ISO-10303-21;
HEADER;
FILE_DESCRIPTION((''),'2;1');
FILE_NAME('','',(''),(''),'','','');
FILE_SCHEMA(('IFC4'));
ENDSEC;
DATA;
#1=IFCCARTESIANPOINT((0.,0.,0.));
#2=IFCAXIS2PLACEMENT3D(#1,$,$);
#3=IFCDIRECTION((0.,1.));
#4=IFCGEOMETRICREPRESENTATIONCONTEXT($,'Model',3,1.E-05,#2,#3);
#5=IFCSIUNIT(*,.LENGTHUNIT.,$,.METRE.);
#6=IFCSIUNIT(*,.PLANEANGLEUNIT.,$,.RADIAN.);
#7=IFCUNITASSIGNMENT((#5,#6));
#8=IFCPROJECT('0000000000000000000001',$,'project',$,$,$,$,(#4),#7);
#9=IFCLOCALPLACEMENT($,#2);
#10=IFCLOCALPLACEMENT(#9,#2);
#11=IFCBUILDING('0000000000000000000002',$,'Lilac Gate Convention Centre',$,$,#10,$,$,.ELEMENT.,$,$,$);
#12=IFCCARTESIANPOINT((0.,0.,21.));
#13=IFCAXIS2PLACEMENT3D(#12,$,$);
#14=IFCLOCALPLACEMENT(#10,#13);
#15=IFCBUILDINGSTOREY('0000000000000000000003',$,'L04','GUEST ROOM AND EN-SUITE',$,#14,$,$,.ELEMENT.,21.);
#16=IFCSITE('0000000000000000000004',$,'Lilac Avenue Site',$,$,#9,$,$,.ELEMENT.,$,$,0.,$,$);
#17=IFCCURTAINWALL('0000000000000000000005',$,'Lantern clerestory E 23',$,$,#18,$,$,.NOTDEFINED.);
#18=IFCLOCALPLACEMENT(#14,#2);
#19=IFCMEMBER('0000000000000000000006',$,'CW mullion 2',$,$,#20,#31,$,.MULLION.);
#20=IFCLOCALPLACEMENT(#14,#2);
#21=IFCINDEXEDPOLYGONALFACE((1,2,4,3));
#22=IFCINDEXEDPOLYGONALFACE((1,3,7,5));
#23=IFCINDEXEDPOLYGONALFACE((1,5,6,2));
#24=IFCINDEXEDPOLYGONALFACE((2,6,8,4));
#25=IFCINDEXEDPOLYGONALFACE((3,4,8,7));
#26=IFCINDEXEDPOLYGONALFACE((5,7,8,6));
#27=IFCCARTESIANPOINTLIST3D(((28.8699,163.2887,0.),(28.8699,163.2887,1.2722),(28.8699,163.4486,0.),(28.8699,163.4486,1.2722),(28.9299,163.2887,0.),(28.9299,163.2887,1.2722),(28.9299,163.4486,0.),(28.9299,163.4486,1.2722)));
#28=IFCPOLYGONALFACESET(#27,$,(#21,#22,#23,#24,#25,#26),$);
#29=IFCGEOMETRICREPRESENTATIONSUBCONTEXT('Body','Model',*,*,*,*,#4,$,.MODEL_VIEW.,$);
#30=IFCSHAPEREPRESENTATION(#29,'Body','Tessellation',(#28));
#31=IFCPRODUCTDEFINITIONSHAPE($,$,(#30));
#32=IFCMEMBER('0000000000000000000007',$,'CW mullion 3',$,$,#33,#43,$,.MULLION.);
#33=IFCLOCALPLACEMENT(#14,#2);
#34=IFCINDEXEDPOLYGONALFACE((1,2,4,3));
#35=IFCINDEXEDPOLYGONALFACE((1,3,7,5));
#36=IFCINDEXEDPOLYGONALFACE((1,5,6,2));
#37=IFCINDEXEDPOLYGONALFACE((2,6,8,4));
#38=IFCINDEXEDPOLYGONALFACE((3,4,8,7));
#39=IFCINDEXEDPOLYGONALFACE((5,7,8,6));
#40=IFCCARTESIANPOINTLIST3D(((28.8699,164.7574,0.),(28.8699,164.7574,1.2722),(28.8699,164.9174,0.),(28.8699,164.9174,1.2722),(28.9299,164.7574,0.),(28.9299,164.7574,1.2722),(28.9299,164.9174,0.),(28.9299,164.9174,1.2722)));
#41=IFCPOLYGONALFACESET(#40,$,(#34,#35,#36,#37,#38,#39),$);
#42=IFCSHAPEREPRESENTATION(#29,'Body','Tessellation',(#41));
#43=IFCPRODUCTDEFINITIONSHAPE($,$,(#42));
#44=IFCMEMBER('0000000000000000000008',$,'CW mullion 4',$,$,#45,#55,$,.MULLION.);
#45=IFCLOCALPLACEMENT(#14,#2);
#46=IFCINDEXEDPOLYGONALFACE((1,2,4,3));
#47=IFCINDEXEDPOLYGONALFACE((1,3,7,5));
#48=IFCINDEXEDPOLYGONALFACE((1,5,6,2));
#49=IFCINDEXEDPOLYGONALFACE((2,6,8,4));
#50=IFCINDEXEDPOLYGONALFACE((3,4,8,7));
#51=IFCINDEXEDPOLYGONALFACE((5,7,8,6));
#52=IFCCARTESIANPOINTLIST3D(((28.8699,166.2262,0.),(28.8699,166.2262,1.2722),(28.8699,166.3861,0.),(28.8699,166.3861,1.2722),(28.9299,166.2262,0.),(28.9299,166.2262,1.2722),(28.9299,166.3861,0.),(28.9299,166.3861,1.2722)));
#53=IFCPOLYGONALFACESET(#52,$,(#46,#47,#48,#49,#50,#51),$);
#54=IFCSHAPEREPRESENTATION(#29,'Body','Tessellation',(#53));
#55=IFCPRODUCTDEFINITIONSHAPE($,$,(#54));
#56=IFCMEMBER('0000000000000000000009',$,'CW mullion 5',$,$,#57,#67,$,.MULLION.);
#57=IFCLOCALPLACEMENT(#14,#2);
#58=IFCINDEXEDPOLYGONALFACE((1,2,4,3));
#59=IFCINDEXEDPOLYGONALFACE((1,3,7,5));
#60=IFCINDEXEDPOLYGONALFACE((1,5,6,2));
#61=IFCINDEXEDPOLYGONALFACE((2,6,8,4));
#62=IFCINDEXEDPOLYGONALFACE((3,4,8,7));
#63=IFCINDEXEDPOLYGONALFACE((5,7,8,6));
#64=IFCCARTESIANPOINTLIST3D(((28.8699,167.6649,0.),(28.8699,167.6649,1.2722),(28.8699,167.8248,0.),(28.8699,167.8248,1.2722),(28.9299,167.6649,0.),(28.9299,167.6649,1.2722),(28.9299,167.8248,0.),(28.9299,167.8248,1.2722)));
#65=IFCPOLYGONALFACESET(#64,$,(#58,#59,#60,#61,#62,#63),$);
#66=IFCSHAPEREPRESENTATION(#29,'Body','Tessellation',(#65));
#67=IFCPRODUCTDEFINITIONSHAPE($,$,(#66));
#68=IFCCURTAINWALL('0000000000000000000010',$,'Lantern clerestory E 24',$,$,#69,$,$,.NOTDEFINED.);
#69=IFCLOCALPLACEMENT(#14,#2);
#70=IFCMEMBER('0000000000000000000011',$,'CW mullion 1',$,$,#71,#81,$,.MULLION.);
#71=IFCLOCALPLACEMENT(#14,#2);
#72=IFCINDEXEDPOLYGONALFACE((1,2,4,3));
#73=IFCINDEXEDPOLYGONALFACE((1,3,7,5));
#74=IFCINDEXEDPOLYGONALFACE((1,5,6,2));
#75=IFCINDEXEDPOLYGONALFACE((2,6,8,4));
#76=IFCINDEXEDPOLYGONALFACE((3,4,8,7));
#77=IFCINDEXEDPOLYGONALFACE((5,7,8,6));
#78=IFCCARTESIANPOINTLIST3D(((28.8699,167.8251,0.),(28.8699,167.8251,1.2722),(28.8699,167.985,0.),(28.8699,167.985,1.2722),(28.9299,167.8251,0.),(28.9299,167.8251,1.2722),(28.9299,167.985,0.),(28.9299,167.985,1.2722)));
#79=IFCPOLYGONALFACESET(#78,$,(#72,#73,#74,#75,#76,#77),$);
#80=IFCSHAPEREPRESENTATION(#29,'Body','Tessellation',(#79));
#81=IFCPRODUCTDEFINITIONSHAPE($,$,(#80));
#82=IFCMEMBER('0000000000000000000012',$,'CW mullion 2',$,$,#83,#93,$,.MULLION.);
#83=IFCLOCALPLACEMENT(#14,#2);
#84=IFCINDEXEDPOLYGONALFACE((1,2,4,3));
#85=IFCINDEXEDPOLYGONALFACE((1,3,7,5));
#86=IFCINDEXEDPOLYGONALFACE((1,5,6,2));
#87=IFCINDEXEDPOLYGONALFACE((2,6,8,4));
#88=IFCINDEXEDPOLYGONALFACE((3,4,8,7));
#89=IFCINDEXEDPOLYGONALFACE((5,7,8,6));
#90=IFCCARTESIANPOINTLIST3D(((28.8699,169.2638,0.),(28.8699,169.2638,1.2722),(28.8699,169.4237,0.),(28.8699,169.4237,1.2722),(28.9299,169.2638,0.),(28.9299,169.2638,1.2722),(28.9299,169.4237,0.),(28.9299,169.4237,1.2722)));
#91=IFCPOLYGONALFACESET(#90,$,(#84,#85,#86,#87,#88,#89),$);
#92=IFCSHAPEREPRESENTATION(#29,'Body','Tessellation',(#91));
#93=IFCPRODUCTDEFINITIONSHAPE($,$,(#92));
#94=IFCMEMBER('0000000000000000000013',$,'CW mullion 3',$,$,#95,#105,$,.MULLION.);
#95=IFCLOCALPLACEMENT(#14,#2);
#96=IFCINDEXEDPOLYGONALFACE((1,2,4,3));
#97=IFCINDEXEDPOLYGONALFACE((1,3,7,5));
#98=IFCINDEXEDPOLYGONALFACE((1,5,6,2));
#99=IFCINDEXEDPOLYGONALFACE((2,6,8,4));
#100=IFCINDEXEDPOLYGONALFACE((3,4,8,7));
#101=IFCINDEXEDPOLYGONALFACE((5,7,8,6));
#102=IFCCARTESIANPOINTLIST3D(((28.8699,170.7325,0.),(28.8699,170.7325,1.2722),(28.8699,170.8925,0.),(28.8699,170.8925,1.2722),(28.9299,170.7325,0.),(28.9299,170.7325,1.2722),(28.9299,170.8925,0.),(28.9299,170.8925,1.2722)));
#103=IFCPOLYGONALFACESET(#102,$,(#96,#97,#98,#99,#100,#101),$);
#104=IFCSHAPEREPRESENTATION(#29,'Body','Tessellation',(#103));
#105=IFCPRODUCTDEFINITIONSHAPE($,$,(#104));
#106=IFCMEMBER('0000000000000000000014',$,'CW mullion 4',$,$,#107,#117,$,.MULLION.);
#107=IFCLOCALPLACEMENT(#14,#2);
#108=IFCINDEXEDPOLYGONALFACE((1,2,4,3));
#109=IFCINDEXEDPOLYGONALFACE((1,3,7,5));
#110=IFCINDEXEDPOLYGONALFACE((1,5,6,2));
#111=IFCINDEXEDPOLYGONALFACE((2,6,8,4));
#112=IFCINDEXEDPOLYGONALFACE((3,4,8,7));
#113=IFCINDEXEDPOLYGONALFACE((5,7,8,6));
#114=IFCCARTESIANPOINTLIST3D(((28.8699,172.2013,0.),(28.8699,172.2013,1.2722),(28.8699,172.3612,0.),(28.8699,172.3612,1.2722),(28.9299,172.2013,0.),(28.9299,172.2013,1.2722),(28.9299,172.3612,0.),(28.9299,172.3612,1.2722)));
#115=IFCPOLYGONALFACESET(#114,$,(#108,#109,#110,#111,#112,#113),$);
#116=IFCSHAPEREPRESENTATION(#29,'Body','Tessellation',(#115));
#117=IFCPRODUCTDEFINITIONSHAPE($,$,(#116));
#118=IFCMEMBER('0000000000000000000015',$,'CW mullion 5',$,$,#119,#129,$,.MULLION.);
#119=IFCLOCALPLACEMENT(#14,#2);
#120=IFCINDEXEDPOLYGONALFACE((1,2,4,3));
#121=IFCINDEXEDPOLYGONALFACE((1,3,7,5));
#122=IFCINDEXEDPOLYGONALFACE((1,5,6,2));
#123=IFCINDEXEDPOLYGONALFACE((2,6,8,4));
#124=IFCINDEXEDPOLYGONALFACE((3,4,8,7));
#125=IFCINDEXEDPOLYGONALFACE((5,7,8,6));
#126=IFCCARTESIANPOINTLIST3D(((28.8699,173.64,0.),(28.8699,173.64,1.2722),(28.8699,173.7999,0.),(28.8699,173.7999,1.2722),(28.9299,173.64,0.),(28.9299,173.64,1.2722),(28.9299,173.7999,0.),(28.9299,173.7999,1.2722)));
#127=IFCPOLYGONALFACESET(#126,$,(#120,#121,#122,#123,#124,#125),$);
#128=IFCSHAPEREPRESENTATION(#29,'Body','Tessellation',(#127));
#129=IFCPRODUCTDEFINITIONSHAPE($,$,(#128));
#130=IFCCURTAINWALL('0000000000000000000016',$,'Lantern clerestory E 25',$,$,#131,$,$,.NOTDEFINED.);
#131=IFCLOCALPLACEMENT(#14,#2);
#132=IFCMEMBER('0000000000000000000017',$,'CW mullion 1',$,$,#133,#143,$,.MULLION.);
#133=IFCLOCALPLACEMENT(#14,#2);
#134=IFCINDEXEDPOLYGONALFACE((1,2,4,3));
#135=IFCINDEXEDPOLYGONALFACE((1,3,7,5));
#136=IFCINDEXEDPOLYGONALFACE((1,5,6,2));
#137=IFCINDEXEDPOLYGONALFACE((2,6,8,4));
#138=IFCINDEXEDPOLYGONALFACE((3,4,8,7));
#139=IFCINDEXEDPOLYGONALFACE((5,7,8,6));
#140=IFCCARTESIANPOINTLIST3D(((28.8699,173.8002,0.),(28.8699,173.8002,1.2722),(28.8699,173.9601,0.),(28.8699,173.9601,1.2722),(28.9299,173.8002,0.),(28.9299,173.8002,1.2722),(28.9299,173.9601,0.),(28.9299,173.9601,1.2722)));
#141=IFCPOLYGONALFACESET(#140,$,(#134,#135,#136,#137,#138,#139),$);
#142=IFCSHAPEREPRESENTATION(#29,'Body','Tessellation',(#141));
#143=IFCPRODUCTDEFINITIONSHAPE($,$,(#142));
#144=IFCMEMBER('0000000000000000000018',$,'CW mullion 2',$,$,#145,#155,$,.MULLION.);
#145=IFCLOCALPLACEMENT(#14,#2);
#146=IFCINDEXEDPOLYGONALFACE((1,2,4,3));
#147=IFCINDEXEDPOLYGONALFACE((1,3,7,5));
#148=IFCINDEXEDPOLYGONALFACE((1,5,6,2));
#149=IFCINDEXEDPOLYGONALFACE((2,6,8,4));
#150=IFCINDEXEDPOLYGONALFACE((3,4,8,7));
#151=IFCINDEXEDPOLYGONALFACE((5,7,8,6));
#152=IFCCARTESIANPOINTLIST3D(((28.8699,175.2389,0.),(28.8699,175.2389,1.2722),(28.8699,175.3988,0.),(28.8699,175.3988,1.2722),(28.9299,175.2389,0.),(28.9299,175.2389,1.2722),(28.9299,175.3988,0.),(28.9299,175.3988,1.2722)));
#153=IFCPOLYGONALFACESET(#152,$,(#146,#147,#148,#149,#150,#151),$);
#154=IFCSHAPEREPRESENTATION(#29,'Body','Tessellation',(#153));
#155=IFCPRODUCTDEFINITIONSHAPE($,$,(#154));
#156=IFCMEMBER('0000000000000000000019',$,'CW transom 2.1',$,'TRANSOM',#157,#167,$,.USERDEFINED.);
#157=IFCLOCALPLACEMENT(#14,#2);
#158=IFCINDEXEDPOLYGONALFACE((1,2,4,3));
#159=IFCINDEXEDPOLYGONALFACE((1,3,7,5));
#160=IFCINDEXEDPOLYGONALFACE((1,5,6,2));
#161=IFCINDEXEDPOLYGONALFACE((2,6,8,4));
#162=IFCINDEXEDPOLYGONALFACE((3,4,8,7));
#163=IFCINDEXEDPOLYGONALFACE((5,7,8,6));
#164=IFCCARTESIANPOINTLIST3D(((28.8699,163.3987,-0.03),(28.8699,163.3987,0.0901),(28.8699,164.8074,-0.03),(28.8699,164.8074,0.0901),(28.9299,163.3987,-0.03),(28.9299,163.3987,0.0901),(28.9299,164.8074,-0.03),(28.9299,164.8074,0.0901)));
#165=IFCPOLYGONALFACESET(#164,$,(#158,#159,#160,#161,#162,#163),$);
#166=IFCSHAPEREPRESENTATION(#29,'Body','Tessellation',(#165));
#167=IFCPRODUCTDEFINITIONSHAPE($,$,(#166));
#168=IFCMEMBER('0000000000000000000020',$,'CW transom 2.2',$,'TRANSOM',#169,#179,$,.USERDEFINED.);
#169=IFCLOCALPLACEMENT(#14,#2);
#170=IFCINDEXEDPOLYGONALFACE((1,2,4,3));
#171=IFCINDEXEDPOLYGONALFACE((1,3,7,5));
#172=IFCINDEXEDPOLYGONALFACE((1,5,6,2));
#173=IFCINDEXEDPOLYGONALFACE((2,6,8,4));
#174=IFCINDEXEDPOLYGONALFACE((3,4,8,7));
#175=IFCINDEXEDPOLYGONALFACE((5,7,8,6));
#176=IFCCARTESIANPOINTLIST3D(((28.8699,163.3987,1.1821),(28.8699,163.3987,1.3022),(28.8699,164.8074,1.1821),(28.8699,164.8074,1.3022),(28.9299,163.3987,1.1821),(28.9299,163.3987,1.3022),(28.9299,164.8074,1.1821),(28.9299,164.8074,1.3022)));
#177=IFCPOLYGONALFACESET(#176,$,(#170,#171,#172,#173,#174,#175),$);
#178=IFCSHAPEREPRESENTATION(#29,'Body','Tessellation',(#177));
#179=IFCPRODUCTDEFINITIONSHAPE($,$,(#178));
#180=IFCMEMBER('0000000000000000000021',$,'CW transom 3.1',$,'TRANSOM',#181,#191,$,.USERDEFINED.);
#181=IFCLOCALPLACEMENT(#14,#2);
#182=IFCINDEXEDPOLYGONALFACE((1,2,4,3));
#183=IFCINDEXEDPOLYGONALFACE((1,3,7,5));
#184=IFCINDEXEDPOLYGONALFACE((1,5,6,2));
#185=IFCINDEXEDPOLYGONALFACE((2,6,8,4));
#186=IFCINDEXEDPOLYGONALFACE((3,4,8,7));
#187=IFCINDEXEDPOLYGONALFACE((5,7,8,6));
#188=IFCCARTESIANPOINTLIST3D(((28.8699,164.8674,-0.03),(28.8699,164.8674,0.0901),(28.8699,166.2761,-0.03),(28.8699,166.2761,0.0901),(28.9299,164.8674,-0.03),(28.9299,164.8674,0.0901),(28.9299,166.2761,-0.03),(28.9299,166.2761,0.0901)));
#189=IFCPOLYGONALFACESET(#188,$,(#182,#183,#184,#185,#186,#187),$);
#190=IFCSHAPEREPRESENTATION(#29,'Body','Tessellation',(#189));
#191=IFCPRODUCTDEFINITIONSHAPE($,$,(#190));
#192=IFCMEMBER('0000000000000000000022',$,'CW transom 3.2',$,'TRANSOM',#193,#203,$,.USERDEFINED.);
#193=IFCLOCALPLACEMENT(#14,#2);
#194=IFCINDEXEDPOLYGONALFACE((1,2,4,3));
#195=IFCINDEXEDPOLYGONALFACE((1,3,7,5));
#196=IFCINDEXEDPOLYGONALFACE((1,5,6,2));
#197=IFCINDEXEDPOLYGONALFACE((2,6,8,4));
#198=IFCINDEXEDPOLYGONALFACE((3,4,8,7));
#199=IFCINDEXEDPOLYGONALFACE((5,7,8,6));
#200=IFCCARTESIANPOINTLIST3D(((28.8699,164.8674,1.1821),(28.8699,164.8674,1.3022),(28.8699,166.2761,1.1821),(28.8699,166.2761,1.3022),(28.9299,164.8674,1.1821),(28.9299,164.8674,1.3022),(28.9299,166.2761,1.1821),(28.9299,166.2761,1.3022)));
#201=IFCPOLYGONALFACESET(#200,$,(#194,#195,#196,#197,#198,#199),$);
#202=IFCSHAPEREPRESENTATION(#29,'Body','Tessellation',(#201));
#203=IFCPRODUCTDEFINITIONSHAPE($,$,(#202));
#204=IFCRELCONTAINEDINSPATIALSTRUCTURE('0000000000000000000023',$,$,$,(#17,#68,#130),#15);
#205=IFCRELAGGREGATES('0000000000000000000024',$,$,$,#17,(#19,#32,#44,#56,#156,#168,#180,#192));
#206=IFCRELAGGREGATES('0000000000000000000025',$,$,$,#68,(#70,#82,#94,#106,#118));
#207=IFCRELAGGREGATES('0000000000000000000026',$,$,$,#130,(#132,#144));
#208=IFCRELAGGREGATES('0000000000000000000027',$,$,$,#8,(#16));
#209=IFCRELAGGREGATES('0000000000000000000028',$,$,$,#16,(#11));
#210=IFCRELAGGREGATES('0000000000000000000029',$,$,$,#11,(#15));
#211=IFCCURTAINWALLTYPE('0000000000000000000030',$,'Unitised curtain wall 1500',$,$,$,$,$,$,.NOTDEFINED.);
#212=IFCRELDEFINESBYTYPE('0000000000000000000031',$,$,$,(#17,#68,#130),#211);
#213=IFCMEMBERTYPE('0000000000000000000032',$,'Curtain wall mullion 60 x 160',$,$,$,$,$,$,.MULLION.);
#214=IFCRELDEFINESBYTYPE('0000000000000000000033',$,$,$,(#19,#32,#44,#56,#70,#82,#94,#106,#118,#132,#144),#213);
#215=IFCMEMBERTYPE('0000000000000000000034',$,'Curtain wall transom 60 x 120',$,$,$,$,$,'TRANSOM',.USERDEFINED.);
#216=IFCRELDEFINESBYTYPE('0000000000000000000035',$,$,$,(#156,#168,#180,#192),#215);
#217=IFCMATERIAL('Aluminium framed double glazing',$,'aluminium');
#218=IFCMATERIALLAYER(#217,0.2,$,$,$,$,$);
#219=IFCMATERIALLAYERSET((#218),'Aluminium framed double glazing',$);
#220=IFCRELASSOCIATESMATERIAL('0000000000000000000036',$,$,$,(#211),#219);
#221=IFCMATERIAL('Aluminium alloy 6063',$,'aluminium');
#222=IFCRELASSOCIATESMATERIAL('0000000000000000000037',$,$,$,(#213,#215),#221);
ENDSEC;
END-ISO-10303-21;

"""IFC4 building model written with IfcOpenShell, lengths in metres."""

from ifc_helpers import new_model, si_unit, direction, frame, origin, origin_2d, place, context, subcontext, project, spatial, rectangle, extrude, material, layer, layer_set, material_profile, profile_set, type_object, element, aggregate, save


model = new_model("IFC4")

# Units and contexts
model_context = context("Model", 3, precision=1e-05, world=origin(), true_north=direction((0.0, 1.0)))
body_context = subcontext(model_context, "Body", "Model", "MODEL_VIEW")
ifc_project = project(units=[si_unit("LENGTHUNIT", "METRE"), si_unit("PLANEANGLEUNIT", "RADIAN")], contexts=[model_context])

# Site, building, storey
site_placement = place(None, origin())
site = spatial("IfcSite", under=ifc_project, at=site_placement, Name="Lilac Avenue Site", CompositionType="ELEMENT", RefElevation=0.0)
building_placement = place(site_placement, origin())
building = spatial("IfcBuilding", under=site, at=building_placement, Name="Lilac Gate Convention Centre", CompositionType="ELEMENT")
storey_placement = place(building_placement, frame((0.0, 0.0, 21.0)))
storey = spatial("IfcBuildingStorey", under=building, at=storey_placement, Name="L04", Description="GUEST ROOM AND EN-SUITE", CompositionType="ELEMENT", Elevation=21.0)

# Curtain walls, members
ifc_material_1 = material(Name="Aluminium framed double glazing", Category="aluminium")
ifc_layer_1 = layer(ifc_material_1, 0.2)
ifc_layer_set_1 = layer_set([ifc_layer_1], Name="Aluminium framed double glazing")
curtain_wall_type = type_object("IfcCurtainWallType", Name="Unitised curtain wall 1500", PredefinedType="NOTDEFINED", material=ifc_layer_set_1)
curtain_wall_1_placement = place(storey_placement, origin())
curtain_wall_1 = element("IfcCurtainWall", 1, at=curtain_wall_1_placement, inside=storey, type_object=curtain_wall_type, Name="Lantern clerestory E 23", PredefinedType="NOTDEFINED")
ifc_material_2 = material(Name="Aluminium alloy 6063", Category="aluminium")
ifc_material_profile_1 = material_profile(ifc_material_2, rectangle(XDim=0.0601, YDim=0.1599, at=origin_2d()), Name="Curtain wall mullion 60 x 160")
ifc_profile_set_1 = profile_set([ifc_material_profile_1], Name="Aluminium alloy 6063")
member_type_1 = type_object("IfcMemberType", Name="Curtain wall mullion 60 x 160", PredefinedType="MULLION", material=ifc_profile_set_1)
member_1_placement = place(storey_placement, frame((28.8999, 163.3687, 0.0), z_axis=(0.0, 0.0, 1.0), x_axis=(-1.0, 0.0, 0.0)))
member_1 = element("IfcMember", 2, at=member_1_placement, type_object=member_type_1, Name="CW mullion 2", PredefinedType="MULLION", context=body_context, shape_type="SweptSolid", body=[
    extrude(rectangle(XDim=0.0601, YDim=0.1599, at=origin_2d()), origin(), (0.0, 0.0, 1.0), 1.2722),
])
member_2_placement = place(storey_placement, frame((28.8999, 164.8374, 0.0), z_axis=(0.0, 0.0, 1.0), x_axis=(-1.0, 0.0, 0.0)))
member_2 = element("IfcMember", 3, at=member_2_placement, type_object=member_type_1, Name="CW mullion 3", PredefinedType="MULLION", context=body_context, shape_type="SweptSolid", body=[
    extrude(rectangle(XDim=0.0601, YDim=0.1599, at=origin_2d()), origin(), (0.0, 0.0, 1.0), 1.2722),
])
member_3_placement = place(storey_placement, frame((28.8999, 166.3062, 0.0), z_axis=(0.0, 0.0, 1.0), x_axis=(-1.0, 0.0, 0.0)))
member_3 = element("IfcMember", 4, at=member_3_placement, type_object=member_type_1, Name="CW mullion 4", PredefinedType="MULLION", context=body_context, shape_type="SweptSolid", body=[
    extrude(rectangle(XDim=0.0601, YDim=0.1599, at=origin_2d()), origin(), (0.0, 0.0, 1.0), 1.2722),
])
member_4_placement = place(storey_placement, frame((28.8999, 167.7449, 0.0), z_axis=(0.0, 0.0, 1.0), x_axis=(-1.0, 0.0, 0.0)))
member_4 = element("IfcMember", 5, at=member_4_placement, type_object=member_type_1, Name="CW mullion 5", PredefinedType="MULLION", context=body_context, shape_type="SweptSolid", body=[
    extrude(rectangle(XDim=0.0601, YDim=0.1599, at=origin_2d()), origin(), (0.0, 0.0, 1.0), 1.2722),
])
curtain_wall_2_placement = place(storey_placement, origin())
curtain_wall_2 = element("IfcCurtainWall", 6, at=curtain_wall_2_placement, inside=storey, type_object=curtain_wall_type, Name="Lantern clerestory E 24", PredefinedType="NOTDEFINED")
member_5_placement = place(storey_placement, frame((28.8999, 167.905, 0.0), z_axis=(0.0, 0.0, 1.0), x_axis=(-1.0, 0.0, 0.0)))
member_5 = element("IfcMember", 7, at=member_5_placement, type_object=member_type_1, Name="CW mullion 1", PredefinedType="MULLION", context=body_context, shape_type="SweptSolid", body=[
    extrude(rectangle(XDim=0.0601, YDim=0.1599, at=origin_2d()), origin(), (0.0, 0.0, 1.0), 1.2722),
])
member_6_placement = place(storey_placement, frame((28.8999, 169.3438, 0.0), z_axis=(0.0, 0.0, 1.0), x_axis=(-1.0, 0.0, 0.0)))
member_6 = element("IfcMember", 8, at=member_6_placement, type_object=member_type_1, Name="CW mullion 2", PredefinedType="MULLION", context=body_context, shape_type="SweptSolid", body=[
    extrude(rectangle(XDim=0.0601, YDim=0.1599, at=origin_2d()), origin(), (0.0, 0.0, 1.0), 1.2722),
])
member_7_placement = place(storey_placement, frame((28.8999, 170.8125, 0.0), z_axis=(0.0, 0.0, 1.0), x_axis=(-1.0, 0.0, 0.0)))
member_7 = element("IfcMember", 9, at=member_7_placement, type_object=member_type_1, Name="CW mullion 3", PredefinedType="MULLION", context=body_context, shape_type="SweptSolid", body=[
    extrude(rectangle(XDim=0.0601, YDim=0.1599, at=origin_2d()), origin(), (0.0, 0.0, 1.0), 1.2722),
])
member_8_placement = place(storey_placement, frame((28.8999, 172.2812, 0.0), z_axis=(0.0, 0.0, 1.0), x_axis=(-1.0, 0.0, 0.0)))
member_8 = element("IfcMember", 10, at=member_8_placement, type_object=member_type_1, Name="CW mullion 4", PredefinedType="MULLION", context=body_context, shape_type="SweptSolid", body=[
    extrude(rectangle(XDim=0.0601, YDim=0.1599, at=origin_2d()), origin(), (0.0, 0.0, 1.0), 1.2722),
])
member_9_placement = place(storey_placement, frame((28.8999, 173.72, 0.0), z_axis=(0.0, 0.0, 1.0), x_axis=(-1.0, 0.0, 0.0)))
member_9 = element("IfcMember", 11, at=member_9_placement, type_object=member_type_1, Name="CW mullion 5", PredefinedType="MULLION", context=body_context, shape_type="SweptSolid", body=[
    extrude(rectangle(XDim=0.0601, YDim=0.1599, at=origin_2d()), origin(), (0.0, 0.0, 1.0), 1.2722),
])
curtain_wall_3_placement = place(storey_placement, origin())
curtain_wall_3 = element("IfcCurtainWall", 12, at=curtain_wall_3_placement, inside=storey, type_object=curtain_wall_type, Name="Lantern clerestory E 25", PredefinedType="NOTDEFINED")
member_10_placement = place(storey_placement, frame((28.8999, 173.8801, 0.0), z_axis=(0.0, 0.0, 1.0), x_axis=(-1.0, 0.0, 0.0)))
member_10 = element("IfcMember", 13, at=member_10_placement, type_object=member_type_1, Name="CW mullion 1", PredefinedType="MULLION", context=body_context, shape_type="SweptSolid", body=[
    extrude(rectangle(XDim=0.0601, YDim=0.1599, at=origin_2d()), origin(), (0.0, 0.0, 1.0), 1.2722),
])
member_11_placement = place(storey_placement, frame((28.8999, 175.3188, 0.0), z_axis=(0.0, 0.0, 1.0), x_axis=(-1.0, 0.0, 0.0)))
member_11 = element("IfcMember", 14, at=member_11_placement, type_object=member_type_1, Name="CW mullion 2", PredefinedType="MULLION", context=body_context, shape_type="SweptSolid", body=[
    extrude(rectangle(XDim=0.0601, YDim=0.1599, at=origin_2d()), origin(), (0.0, 0.0, 1.0), 1.2722),
])

# Members
ifc_material_profile_2 = material_profile(ifc_material_2, rectangle(XDim=0.0601, YDim=0.1201, at=origin_2d()), Name="Curtain wall transom 60 x 120")
ifc_profile_set_2 = profile_set([ifc_material_profile_2], Name="Aluminium alloy 6063")
member_type_2 = type_object("IfcMemberType", Name="Curtain wall transom 60 x 120", ElementType="TRANSOM", PredefinedType="USERDEFINED", material=ifc_profile_set_2)
member_12_placement = place(storey_placement, frame((28.8999, 163.3987, 0.03), z_axis=(0.0, 1.0, 0.0), x_axis=(-1.0, 0.0, 0.0)))
member_12 = element("IfcMember", 15, at=member_12_placement, type_object=member_type_2, Name="CW transom 2.1", ObjectType="TRANSOM", PredefinedType="USERDEFINED", context=body_context, shape_type="SweptSolid", body=[
    extrude(rectangle(XDim=0.0601, YDim=0.1201, at=origin_2d()), origin(), (0.0, 0.0, 1.0), 1.4087),
])
member_13_placement = place(storey_placement, frame((28.8999, 163.3987, 1.2422), z_axis=(0.0, 1.0, 0.0), x_axis=(-1.0, 0.0, 0.0)))
member_13 = element("IfcMember", 16, at=member_13_placement, type_object=member_type_2, Name="CW transom 2.2", ObjectType="TRANSOM", PredefinedType="USERDEFINED", context=body_context, shape_type="SweptSolid", body=[
    extrude(rectangle(XDim=0.0601, YDim=0.1201, at=origin_2d()), origin(), (0.0, 0.0, 1.0), 1.4087),
])
member_14_placement = place(storey_placement, frame((28.8999, 164.8674, 0.03), z_axis=(0.0, 1.0, 0.0), x_axis=(-1.0, 0.0, 0.0)))
member_14 = element("IfcMember", 17, at=member_14_placement, type_object=member_type_2, Name="CW transom 3.1", ObjectType="TRANSOM", PredefinedType="USERDEFINED", context=body_context, shape_type="SweptSolid", body=[
    extrude(rectangle(XDim=0.0601, YDim=0.1201, at=origin_2d()), origin(), (0.0, 0.0, 1.0), 1.4087),
])
member_15_placement = place(storey_placement, frame((28.8999, 164.8674, 1.2422), z_axis=(0.0, 1.0, 0.0), x_axis=(-1.0, 0.0, 0.0)))
member_15 = element("IfcMember", 18, at=member_15_placement, type_object=member_type_2, Name="CW transom 3.2", ObjectType="TRANSOM", PredefinedType="USERDEFINED", context=body_context, shape_type="SweptSolid", body=[
    extrude(rectangle(XDim=0.0601, YDim=0.1201, at=origin_2d()), origin(), (0.0, 0.0, 1.0), 1.4087),
])

aggregate(curtain_wall_1, [member_1, member_2, member_3, member_4, member_12, member_13, member_14, member_15])
aggregate(curtain_wall_2, [member_5, member_6, member_7, member_8, member_9])
aggregate(curtain_wall_3, [member_10, member_11])

save(model, "model.ifc")
